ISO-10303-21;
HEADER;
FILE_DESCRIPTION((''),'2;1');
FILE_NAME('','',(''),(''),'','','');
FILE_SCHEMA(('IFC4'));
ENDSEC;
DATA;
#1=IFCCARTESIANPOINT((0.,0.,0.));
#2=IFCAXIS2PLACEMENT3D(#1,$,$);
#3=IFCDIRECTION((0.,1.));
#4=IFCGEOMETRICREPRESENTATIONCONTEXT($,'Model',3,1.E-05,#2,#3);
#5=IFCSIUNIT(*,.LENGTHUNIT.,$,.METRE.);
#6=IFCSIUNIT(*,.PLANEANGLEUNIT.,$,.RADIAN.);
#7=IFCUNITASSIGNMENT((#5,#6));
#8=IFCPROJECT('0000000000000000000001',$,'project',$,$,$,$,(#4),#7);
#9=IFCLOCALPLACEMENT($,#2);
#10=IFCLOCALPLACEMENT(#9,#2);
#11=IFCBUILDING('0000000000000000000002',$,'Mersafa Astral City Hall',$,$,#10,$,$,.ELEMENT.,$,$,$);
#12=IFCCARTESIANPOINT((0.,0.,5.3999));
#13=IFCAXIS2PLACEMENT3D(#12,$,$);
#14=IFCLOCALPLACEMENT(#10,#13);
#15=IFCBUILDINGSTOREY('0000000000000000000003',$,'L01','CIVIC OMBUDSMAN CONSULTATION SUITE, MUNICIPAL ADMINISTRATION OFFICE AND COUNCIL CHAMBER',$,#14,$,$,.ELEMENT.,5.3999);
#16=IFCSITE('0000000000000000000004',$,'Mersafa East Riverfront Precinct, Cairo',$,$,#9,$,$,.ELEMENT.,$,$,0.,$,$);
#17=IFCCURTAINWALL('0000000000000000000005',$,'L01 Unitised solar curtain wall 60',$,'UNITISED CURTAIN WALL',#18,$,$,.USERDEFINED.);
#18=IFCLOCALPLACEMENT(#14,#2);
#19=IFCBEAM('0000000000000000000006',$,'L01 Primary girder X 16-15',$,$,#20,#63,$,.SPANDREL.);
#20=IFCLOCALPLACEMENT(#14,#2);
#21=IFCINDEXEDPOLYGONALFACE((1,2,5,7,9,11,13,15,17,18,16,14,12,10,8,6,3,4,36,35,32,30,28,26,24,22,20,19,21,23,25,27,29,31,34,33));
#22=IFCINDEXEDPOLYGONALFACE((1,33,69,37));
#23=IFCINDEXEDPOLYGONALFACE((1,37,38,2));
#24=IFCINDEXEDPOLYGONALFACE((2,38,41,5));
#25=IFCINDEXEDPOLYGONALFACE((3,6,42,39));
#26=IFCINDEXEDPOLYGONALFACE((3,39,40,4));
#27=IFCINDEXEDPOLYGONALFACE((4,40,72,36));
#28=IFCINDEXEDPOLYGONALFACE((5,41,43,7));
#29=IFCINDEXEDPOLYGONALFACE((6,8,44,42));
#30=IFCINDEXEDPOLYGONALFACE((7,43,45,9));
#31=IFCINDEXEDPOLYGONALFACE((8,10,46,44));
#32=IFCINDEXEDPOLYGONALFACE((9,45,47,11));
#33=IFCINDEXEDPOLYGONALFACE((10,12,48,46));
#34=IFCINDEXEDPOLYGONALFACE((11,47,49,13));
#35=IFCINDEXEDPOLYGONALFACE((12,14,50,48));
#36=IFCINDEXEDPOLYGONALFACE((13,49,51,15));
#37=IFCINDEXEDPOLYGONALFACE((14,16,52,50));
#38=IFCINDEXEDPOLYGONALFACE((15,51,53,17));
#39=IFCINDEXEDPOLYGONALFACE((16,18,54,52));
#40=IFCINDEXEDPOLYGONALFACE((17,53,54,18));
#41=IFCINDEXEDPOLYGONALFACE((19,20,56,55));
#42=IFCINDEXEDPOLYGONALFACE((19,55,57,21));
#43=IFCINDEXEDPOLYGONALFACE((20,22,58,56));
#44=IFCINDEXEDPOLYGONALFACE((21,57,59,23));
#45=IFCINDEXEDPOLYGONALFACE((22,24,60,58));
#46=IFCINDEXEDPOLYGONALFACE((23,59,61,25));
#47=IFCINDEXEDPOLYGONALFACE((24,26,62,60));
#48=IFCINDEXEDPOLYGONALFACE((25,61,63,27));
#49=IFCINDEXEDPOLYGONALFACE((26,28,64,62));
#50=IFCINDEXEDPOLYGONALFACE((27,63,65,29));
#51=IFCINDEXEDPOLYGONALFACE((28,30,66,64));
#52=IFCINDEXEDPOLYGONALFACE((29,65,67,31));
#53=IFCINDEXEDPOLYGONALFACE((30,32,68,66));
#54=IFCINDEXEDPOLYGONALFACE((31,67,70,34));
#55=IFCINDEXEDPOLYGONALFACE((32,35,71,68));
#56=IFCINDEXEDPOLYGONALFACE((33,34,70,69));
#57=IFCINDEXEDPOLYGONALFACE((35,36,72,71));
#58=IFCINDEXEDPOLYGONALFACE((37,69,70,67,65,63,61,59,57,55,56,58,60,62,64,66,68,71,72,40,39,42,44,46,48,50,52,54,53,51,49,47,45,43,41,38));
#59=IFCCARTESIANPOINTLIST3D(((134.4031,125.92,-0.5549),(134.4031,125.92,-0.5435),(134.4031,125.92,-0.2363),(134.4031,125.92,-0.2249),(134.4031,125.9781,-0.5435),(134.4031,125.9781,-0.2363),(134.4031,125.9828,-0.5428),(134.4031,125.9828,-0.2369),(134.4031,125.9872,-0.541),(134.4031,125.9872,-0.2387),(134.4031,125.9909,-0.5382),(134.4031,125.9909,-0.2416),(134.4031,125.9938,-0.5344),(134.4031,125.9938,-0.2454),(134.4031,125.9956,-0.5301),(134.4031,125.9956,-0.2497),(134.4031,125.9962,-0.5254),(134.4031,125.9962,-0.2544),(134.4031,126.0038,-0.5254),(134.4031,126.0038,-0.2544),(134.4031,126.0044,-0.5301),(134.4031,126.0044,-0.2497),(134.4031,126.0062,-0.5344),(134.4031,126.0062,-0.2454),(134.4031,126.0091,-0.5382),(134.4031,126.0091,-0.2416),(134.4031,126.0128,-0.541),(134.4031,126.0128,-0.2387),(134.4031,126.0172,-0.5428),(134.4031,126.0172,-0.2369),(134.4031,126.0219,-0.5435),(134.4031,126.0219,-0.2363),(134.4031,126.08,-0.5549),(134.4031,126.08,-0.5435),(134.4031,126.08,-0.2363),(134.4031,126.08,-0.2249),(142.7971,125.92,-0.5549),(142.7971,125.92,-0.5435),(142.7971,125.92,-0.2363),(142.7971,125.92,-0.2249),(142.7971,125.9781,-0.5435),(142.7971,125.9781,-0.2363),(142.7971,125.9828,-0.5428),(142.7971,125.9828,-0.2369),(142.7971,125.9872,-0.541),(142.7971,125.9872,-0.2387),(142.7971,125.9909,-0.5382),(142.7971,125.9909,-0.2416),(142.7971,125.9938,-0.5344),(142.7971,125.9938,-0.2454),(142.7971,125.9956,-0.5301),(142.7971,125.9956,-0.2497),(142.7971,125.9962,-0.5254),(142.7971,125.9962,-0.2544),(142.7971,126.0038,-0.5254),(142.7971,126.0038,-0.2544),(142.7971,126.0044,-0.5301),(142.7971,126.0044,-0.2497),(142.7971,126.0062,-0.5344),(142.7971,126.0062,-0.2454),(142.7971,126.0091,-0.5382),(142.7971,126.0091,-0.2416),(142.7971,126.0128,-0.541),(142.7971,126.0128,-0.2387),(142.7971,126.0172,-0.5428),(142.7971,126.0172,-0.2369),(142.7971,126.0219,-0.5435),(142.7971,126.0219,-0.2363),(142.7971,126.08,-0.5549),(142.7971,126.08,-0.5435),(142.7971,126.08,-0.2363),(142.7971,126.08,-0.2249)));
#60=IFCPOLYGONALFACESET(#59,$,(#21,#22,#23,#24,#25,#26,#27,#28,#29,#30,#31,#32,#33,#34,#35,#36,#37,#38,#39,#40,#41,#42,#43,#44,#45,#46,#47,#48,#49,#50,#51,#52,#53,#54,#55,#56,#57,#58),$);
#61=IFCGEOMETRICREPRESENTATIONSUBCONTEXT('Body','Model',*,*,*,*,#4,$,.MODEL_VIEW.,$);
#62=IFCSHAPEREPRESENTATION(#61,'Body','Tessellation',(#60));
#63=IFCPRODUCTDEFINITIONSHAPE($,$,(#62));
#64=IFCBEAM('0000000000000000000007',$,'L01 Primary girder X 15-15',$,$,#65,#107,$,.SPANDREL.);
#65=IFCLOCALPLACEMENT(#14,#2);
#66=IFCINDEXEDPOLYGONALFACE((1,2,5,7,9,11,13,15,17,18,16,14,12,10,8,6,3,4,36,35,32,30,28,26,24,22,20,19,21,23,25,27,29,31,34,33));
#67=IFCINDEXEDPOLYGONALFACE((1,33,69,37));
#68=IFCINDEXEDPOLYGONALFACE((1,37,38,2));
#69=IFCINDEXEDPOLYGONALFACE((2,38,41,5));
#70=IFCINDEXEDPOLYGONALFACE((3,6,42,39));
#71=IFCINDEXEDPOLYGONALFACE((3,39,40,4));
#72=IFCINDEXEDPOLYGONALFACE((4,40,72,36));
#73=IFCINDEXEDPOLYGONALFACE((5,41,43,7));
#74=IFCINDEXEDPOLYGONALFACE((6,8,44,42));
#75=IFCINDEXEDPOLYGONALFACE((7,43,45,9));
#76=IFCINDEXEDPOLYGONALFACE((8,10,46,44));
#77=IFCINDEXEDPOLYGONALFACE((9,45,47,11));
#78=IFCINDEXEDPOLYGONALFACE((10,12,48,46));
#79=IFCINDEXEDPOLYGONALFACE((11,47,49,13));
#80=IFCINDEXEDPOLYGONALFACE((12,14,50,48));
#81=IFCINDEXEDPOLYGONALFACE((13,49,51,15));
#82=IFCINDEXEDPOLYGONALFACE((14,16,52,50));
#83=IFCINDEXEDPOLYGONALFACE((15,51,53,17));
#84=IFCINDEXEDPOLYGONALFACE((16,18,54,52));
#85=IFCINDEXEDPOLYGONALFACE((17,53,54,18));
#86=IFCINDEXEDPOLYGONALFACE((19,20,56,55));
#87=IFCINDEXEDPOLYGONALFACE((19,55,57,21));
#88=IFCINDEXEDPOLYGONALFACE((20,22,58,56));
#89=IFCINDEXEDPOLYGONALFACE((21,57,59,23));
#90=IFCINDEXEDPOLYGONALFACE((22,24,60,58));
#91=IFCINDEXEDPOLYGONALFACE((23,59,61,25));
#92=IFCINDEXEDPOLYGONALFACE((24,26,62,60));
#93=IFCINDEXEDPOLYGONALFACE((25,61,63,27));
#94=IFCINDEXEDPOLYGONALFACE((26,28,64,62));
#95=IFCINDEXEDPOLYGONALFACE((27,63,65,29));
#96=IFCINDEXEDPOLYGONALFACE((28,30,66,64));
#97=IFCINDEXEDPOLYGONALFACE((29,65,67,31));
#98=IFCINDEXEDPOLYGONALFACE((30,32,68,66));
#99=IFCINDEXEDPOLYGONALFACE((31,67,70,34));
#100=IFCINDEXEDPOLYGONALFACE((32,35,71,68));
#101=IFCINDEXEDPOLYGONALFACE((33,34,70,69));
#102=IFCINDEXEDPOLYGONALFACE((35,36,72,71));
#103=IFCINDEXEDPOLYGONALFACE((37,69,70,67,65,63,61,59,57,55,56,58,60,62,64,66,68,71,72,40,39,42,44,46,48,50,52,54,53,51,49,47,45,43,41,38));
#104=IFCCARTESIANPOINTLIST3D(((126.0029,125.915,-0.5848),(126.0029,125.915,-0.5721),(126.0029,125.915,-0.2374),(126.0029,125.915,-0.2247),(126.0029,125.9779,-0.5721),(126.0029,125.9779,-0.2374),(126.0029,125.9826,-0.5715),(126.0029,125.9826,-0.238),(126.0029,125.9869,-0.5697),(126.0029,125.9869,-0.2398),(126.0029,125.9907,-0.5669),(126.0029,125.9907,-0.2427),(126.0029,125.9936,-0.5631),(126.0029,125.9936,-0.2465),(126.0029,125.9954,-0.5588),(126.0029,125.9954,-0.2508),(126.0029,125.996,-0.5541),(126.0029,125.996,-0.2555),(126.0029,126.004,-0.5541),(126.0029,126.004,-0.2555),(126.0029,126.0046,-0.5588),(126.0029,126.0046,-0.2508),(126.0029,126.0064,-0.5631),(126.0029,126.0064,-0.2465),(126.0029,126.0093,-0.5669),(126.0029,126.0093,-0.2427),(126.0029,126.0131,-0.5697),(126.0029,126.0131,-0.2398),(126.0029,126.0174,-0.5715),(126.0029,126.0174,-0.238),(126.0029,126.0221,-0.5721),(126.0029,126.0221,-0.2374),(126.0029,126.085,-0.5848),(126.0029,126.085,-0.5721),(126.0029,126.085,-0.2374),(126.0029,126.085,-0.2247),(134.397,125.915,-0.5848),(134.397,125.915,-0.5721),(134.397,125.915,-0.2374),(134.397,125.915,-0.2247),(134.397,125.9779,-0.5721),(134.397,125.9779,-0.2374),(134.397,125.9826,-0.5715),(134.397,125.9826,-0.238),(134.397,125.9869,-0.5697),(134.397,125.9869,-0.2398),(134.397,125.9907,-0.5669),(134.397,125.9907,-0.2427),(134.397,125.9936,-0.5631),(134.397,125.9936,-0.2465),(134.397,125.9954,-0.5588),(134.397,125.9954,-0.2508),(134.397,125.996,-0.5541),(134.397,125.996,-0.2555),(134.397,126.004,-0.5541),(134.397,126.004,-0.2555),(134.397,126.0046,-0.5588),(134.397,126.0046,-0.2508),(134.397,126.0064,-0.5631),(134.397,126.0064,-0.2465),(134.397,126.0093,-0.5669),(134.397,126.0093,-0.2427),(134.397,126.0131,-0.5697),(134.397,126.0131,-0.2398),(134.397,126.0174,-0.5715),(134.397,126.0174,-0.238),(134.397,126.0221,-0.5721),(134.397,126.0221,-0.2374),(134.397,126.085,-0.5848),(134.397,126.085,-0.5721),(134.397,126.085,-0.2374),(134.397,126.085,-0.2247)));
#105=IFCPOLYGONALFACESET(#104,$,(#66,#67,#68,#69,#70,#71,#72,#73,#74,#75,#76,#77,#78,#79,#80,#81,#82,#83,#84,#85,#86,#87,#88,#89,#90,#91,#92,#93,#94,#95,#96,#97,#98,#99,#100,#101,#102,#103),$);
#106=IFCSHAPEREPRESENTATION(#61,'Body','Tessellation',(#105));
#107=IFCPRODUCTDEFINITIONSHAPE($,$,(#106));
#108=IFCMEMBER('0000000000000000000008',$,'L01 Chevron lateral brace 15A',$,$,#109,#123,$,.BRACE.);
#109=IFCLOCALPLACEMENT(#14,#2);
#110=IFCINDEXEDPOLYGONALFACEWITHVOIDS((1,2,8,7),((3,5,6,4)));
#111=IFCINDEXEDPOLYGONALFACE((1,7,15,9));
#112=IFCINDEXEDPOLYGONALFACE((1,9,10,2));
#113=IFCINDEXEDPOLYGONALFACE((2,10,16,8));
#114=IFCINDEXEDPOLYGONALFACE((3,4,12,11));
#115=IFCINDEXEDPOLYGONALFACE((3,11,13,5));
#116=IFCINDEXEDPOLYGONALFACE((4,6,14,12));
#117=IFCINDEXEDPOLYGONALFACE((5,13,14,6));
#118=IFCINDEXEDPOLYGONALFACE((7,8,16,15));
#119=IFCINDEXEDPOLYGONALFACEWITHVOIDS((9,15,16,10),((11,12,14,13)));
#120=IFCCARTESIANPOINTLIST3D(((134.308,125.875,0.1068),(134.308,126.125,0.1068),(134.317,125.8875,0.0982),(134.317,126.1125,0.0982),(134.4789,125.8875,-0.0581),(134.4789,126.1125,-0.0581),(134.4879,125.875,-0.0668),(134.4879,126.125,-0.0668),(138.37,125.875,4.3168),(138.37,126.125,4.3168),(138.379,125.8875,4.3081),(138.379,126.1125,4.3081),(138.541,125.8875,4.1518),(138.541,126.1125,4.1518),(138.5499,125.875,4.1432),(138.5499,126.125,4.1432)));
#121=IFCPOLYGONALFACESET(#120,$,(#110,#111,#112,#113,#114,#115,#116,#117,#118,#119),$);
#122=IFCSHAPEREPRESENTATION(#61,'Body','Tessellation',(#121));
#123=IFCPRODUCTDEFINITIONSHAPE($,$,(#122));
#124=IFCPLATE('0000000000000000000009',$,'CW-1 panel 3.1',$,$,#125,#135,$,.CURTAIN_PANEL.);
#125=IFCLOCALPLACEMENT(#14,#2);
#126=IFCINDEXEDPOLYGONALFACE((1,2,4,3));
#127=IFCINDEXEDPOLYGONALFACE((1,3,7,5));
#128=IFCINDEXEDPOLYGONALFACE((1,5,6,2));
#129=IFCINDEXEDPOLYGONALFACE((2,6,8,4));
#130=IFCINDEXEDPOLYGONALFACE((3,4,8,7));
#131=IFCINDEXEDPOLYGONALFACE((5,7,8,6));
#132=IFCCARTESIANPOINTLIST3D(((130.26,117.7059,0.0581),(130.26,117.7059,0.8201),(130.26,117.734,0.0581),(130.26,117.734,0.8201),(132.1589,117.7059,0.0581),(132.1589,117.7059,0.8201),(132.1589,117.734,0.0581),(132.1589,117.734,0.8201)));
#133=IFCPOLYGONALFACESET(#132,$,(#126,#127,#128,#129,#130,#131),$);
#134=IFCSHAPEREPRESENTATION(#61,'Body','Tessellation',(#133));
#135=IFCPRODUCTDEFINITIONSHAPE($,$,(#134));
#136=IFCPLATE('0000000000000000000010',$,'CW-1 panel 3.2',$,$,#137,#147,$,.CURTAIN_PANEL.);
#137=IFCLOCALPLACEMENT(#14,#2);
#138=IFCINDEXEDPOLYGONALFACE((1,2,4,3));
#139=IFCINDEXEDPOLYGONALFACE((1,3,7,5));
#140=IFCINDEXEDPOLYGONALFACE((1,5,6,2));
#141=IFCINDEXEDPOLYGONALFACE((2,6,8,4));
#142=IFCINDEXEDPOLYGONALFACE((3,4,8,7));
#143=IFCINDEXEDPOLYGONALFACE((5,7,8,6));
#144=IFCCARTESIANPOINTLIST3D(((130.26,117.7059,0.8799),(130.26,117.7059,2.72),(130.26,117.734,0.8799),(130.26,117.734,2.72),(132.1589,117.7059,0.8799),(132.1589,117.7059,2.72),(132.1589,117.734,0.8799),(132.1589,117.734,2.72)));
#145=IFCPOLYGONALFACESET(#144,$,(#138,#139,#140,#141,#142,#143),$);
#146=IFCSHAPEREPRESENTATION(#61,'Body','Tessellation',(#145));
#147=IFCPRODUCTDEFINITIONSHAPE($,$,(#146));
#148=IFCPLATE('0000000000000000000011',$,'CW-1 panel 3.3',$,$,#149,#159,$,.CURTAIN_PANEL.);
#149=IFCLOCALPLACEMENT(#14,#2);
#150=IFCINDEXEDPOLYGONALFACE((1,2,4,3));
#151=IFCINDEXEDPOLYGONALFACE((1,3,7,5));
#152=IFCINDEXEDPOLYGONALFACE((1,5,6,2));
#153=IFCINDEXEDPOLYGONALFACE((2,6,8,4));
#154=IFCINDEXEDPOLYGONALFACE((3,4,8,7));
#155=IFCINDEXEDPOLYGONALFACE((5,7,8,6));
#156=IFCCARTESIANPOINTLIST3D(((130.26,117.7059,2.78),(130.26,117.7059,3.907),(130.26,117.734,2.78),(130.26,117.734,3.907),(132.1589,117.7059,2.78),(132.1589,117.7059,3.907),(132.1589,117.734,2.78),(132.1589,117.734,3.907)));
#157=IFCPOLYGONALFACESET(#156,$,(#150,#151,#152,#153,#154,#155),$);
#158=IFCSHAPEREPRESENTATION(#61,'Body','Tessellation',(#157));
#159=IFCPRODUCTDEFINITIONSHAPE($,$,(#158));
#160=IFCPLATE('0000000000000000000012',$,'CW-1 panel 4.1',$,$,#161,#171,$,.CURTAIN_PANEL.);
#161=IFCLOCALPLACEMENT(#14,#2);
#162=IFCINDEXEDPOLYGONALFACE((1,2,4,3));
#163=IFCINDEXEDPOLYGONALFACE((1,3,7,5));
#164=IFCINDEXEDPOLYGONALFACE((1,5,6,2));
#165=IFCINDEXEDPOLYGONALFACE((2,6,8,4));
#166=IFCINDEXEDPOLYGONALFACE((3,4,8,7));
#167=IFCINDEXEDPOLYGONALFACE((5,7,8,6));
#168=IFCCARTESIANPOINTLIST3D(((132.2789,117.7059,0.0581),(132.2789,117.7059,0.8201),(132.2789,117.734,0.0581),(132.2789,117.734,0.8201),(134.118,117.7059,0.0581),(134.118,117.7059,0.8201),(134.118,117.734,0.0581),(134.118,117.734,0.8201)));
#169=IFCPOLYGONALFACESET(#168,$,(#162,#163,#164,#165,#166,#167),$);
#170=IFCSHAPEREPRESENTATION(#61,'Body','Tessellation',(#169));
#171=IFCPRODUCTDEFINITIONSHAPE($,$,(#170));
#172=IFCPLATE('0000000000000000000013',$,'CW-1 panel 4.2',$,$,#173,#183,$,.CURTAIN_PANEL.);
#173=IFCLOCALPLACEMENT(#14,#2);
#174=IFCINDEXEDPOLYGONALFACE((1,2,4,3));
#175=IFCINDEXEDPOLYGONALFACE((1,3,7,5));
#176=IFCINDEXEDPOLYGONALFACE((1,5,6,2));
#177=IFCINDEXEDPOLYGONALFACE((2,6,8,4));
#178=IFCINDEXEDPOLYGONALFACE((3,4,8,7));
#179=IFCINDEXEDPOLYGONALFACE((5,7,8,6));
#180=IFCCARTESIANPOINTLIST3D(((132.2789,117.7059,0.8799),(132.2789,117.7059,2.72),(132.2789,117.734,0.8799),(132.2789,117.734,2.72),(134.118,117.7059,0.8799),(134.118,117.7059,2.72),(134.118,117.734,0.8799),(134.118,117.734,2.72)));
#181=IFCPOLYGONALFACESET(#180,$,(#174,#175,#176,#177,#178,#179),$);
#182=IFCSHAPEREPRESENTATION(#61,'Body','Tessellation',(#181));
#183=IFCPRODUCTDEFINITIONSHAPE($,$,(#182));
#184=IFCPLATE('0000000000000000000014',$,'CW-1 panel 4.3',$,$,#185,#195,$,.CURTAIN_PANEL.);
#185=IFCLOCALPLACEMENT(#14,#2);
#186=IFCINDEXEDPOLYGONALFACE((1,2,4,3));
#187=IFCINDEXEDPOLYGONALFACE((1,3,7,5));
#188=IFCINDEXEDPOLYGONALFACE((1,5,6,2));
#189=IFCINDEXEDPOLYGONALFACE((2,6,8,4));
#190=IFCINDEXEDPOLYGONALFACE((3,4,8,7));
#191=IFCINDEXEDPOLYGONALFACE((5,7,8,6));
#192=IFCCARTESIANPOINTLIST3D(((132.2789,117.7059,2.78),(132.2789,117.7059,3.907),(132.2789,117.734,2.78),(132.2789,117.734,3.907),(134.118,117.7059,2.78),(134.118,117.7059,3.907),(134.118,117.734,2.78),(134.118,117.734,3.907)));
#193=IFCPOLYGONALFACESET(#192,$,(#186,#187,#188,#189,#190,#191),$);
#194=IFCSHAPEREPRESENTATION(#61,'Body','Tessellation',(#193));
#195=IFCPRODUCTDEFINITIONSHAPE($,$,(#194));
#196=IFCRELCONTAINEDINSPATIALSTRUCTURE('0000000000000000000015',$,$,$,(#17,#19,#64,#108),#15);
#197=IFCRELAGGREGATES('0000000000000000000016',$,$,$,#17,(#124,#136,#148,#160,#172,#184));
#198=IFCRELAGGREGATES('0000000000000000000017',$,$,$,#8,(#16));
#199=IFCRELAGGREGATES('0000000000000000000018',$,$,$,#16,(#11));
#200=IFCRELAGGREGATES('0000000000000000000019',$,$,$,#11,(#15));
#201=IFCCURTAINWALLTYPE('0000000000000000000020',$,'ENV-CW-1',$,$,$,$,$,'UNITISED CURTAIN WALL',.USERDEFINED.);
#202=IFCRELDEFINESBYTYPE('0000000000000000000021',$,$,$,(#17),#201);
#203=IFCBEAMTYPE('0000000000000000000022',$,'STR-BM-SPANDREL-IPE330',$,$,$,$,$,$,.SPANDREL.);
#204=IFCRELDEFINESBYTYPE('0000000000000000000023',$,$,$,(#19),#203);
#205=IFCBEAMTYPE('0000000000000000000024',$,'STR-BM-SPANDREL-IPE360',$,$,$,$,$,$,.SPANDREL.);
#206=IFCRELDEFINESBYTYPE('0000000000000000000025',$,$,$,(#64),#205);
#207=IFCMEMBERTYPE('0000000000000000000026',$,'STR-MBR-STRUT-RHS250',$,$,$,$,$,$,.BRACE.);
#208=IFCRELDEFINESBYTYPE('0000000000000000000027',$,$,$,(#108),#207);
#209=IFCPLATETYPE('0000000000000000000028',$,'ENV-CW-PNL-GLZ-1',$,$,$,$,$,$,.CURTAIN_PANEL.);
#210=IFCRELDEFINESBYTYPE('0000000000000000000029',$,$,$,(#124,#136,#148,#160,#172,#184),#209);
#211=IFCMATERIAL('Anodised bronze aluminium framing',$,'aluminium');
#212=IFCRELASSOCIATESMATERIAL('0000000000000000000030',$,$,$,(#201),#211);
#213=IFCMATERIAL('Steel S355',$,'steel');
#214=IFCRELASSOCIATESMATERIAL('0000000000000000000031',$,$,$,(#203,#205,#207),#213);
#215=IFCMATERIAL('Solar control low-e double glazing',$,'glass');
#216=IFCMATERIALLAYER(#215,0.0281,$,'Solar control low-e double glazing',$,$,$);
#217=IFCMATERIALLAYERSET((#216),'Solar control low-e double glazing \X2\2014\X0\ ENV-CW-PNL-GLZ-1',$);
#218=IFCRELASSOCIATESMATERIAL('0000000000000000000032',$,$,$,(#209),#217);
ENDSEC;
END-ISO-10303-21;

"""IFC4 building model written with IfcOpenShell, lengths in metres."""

from ifc_helpers import new_model, si_unit, direction, frame, origin, origin_2d, place, context, subcontext, project, spatial, rectangle, hollow_rectangle, i_section, extrude, material, layer, layer_set, material_profile, profile_set, type_object, element, aggregate, save


model = new_model("IFC4")

# Units and contexts
model_context = context("Model", 3, precision=1e-05, world=origin(), true_north=direction((0.0, 1.0)))
body_context = subcontext(model_context, "Body", "Model", "MODEL_VIEW")
ifc_project = project(units=[si_unit("LENGTHUNIT", "METRE"), si_unit("PLANEANGLEUNIT", "RADIAN")], contexts=[model_context])

# Site, building, storey
site_placement = place(None, origin())
site = spatial("IfcSite", under=ifc_project, at=site_placement, Name="Mersafa East Riverfront Precinct, Cairo", CompositionType="ELEMENT", RefElevation=0.0)
building_placement = place(site_placement, origin())
building = spatial("IfcBuilding", under=site, at=building_placement, Name="Mersafa Astral City Hall", CompositionType="ELEMENT")
storey_placement = place(building_placement, frame((0.0, 0.0, 5.3999)))
storey = spatial("IfcBuildingStorey", under=building, at=storey_placement, Name="L01", Description="CIVIC OMBUDSMAN CONSULTATION SUITE, MUNICIPAL ADMINISTRATION OFFICE AND COUNCIL CHAMBER", CompositionType="ELEMENT", Elevation=5.3999)

# Shared definitions
ifc_material_1 = material(Name="Steel S355", Category="steel")

# Curtain wall
ifc_material_2 = material(Name="Anodised bronze aluminium framing", Category="aluminium")
curtain_wall_type_1 = type_object("IfcCurtainWallType", Name="ENV-CW-1", ElementType="UNITISED CURTAIN WALL", PredefinedType="USERDEFINED", material=ifc_material_2)
curtain_wall_1_placement = place(storey_placement, origin())
curtain_wall_1 = element("IfcCurtainWall", 1, at=curtain_wall_1_placement, inside=storey, type_object=curtain_wall_type_1, Name="L01 Unitised solar curtain wall 60", ObjectType="UNITISED CURTAIN WALL", PredefinedType="USERDEFINED")

# Beams
ifc_material_profile_1 = material_profile(ifc_material_1, i_section(OverallWidth=0.1599, OverallDepth=0.3301, WebThickness=0.0076, FlangeThickness=0.0115, FilletRadius=0.0181, at=origin_2d()), Name="IPE 330")
ifc_profile_set_1 = profile_set([ifc_material_profile_1], Name="Steel S355")
beam_type_1 = type_object("IfcBeamType", Name="STR-BM-SPANDREL-IPE330", PredefinedType="SPANDREL", material=ifc_profile_set_1)
beam_1_placement = place(storey_placement, frame((134.4031, 126.0, -0.3899), z_axis=(1.0, 0.0, 0.0), x_axis=(0.0, 1.0, 0.0)))
element("IfcBeam", 2, at=beam_1_placement, inside=storey, type_object=beam_type_1, Name="L01 Primary girder X 16-15", PredefinedType="SPANDREL", context=body_context, shape_type="SweptSolid", body=[
    extrude(i_section(OverallWidth=0.1599, OverallDepth=0.3301, WebThickness=0.0076, FlangeThickness=0.0115, FilletRadius=0.0181, at=origin_2d()), origin(), (0.0, 0.0, 1.0), 8.394),
])
ifc_material_profile_2 = material_profile(ifc_material_1, i_section(OverallWidth=0.1699, OverallDepth=0.3601, WebThickness=0.0081, FlangeThickness=0.0127, FilletRadius=0.0181, at=origin_2d()), Name="IPE 360")
ifc_profile_set_2 = profile_set([ifc_material_profile_2], Name="Steel S355")
beam_type_2 = type_object("IfcBeamType", Name="STR-BM-SPANDREL-IPE360", PredefinedType="SPANDREL", material=ifc_profile_set_2)
beam_2_placement = place(storey_placement, frame((126.0029, 126.0, -0.4048), z_axis=(1.0, 0.0, 0.0), x_axis=(0.0, 1.0, 0.0)))
element("IfcBeam", 3, at=beam_2_placement, inside=storey, type_object=beam_type_2, Name="L01 Primary girder X 15-15", PredefinedType="SPANDREL", context=body_context, shape_type="SweptSolid", body=[
    extrude(i_section(OverallWidth=0.1699, OverallDepth=0.3601, WebThickness=0.0081, FlangeThickness=0.0127, FilletRadius=0.0181, at=origin_2d()), origin(), (0.0, 0.0, 1.0), 8.394),
])

# Member
ifc_material_profile_3 = material_profile(ifc_material_1, hollow_rectangle(XDim=0.25, YDim=0.25, WallThickness=0.0125, at=origin_2d()), Name="RHS 250x250x12.5")
ifc_profile_set_3 = profile_set([ifc_material_profile_3], Name="Steel S355")
member_type_1 = type_object("IfcMemberType", Name="STR-MBR-STRUT-RHS250", PredefinedType="BRACE", material=ifc_profile_set_3)
member_1_placement = place(storey_placement, frame((134.3979, 126.0, 0.02), z_axis=(0.694349, 0.0, 0.719639), x_axis=(0.0, 1.0, 0.0)))
element("IfcMember", 4, at=member_1_placement, inside=storey, type_object=member_type_1, Name="L01 Chevron lateral brace 15A", PredefinedType="BRACE", context=body_context, shape_type="SweptSolid", body=[
    extrude(hollow_rectangle(XDim=0.25, YDim=0.25, WallThickness=0.0125, at=origin_2d()), origin(), (0.0, 0.0, 1.0), 5.8501),
])

# Plates
ifc_material_3 = material(Name="Solar control low-e double glazing", Category="glass")
ifc_layer_1 = layer(ifc_material_3, 0.0281, Name="Solar control low-e double glazing")
ifc_layer_set_1 = layer_set([ifc_layer_1], Name="Solar control low-e double glazing — ENV-CW-PNL-GLZ-1")
plate_type_1 = type_object("IfcPlateType", Name="ENV-CW-PNL-GLZ-1", PredefinedType="CURTAIN_PANEL", material=ifc_layer_set_1)
plate_1_placement = place(storey_placement, frame((131.2095, 117.72, 0.0581), z_axis=(0.0, 0.0, 1.0), x_axis=(1.0, 0.0, 0.0)))
plate_1 = element("IfcPlate", 5, at=plate_1_placement, type_object=plate_type_1, Name="CW-1 panel 3.1", PredefinedType="CURTAIN_PANEL", context=body_context, shape_type="SweptSolid", body=[
    extrude(rectangle(XDim=1.8989, YDim=0.0281, at=origin_2d()), origin(), (0.0, 0.0, 1.0), 0.762),
])
plate_2_placement = place(storey_placement, frame((131.2095, 117.72, 0.8799), z_axis=(0.0, 0.0, 1.0), x_axis=(1.0, 0.0, 0.0)))
plate_2 = element("IfcPlate", 6, at=plate_2_placement, type_object=plate_type_1, Name="CW-1 panel 3.2", PredefinedType="CURTAIN_PANEL", context=body_context, shape_type="SweptSolid", body=[
    extrude(rectangle(XDim=1.8989, YDim=0.0281, at=origin_2d()), origin(), (0.0, 0.0, 1.0), 1.8401),
])
plate_3_placement = place(storey_placement, frame((131.2095, 117.72, 2.78), z_axis=(0.0, 0.0, 1.0), x_axis=(1.0, 0.0, 0.0)))
plate_3 = element("IfcPlate", 7, at=plate_3_placement, type_object=plate_type_1, Name="CW-1 panel 3.3", PredefinedType="CURTAIN_PANEL", context=body_context, shape_type="SweptSolid", body=[
    extrude(rectangle(XDim=1.8989, YDim=0.0281, at=origin_2d()), origin(), (0.0, 0.0, 1.0), 1.127),
])
plate_4_placement = place(storey_placement, frame((133.1985, 117.72, 0.0581), z_axis=(0.0, 0.0, 1.0), x_axis=(1.0, 0.0, 0.0)))
plate_4 = element("IfcPlate", 8, at=plate_4_placement, type_object=plate_type_1, Name="CW-1 panel 4.1", PredefinedType="CURTAIN_PANEL", context=body_context, shape_type="SweptSolid", body=[
    extrude(rectangle(XDim=1.8391, YDim=0.0281, at=origin_2d()), origin(), (0.0, 0.0, 1.0), 0.762),
])
plate_5_placement = place(storey_placement, frame((133.1985, 117.72, 0.8799), z_axis=(0.0, 0.0, 1.0), x_axis=(1.0, 0.0, 0.0)))
plate_5 = element("IfcPlate", 9, at=plate_5_placement, type_object=plate_type_1, Name="CW-1 panel 4.2", PredefinedType="CURTAIN_PANEL", context=body_context, shape_type="SweptSolid", body=[
    extrude(rectangle(XDim=1.8391, YDim=0.0281, at=origin_2d()), origin(), (0.0, 0.0, 1.0), 1.8401),
])
plate_6_placement = place(storey_placement, frame((133.1985, 117.72, 2.78), z_axis=(0.0, 0.0, 1.0), x_axis=(1.0, 0.0, 0.0)))
plate_6 = element("IfcPlate", 10, at=plate_6_placement, type_object=plate_type_1, Name="CW-1 panel 4.3", PredefinedType="CURTAIN_PANEL", context=body_context, shape_type="SweptSolid", body=[
    extrude(rectangle(XDim=1.8391, YDim=0.0281, at=origin_2d()), origin(), (0.0, 0.0, 1.0), 1.127),
])
aggregate(curtain_wall_1, [plate_1, plate_2, plate_3, plate_4, plate_5, plate_6])

save(model, "model.ifc")
